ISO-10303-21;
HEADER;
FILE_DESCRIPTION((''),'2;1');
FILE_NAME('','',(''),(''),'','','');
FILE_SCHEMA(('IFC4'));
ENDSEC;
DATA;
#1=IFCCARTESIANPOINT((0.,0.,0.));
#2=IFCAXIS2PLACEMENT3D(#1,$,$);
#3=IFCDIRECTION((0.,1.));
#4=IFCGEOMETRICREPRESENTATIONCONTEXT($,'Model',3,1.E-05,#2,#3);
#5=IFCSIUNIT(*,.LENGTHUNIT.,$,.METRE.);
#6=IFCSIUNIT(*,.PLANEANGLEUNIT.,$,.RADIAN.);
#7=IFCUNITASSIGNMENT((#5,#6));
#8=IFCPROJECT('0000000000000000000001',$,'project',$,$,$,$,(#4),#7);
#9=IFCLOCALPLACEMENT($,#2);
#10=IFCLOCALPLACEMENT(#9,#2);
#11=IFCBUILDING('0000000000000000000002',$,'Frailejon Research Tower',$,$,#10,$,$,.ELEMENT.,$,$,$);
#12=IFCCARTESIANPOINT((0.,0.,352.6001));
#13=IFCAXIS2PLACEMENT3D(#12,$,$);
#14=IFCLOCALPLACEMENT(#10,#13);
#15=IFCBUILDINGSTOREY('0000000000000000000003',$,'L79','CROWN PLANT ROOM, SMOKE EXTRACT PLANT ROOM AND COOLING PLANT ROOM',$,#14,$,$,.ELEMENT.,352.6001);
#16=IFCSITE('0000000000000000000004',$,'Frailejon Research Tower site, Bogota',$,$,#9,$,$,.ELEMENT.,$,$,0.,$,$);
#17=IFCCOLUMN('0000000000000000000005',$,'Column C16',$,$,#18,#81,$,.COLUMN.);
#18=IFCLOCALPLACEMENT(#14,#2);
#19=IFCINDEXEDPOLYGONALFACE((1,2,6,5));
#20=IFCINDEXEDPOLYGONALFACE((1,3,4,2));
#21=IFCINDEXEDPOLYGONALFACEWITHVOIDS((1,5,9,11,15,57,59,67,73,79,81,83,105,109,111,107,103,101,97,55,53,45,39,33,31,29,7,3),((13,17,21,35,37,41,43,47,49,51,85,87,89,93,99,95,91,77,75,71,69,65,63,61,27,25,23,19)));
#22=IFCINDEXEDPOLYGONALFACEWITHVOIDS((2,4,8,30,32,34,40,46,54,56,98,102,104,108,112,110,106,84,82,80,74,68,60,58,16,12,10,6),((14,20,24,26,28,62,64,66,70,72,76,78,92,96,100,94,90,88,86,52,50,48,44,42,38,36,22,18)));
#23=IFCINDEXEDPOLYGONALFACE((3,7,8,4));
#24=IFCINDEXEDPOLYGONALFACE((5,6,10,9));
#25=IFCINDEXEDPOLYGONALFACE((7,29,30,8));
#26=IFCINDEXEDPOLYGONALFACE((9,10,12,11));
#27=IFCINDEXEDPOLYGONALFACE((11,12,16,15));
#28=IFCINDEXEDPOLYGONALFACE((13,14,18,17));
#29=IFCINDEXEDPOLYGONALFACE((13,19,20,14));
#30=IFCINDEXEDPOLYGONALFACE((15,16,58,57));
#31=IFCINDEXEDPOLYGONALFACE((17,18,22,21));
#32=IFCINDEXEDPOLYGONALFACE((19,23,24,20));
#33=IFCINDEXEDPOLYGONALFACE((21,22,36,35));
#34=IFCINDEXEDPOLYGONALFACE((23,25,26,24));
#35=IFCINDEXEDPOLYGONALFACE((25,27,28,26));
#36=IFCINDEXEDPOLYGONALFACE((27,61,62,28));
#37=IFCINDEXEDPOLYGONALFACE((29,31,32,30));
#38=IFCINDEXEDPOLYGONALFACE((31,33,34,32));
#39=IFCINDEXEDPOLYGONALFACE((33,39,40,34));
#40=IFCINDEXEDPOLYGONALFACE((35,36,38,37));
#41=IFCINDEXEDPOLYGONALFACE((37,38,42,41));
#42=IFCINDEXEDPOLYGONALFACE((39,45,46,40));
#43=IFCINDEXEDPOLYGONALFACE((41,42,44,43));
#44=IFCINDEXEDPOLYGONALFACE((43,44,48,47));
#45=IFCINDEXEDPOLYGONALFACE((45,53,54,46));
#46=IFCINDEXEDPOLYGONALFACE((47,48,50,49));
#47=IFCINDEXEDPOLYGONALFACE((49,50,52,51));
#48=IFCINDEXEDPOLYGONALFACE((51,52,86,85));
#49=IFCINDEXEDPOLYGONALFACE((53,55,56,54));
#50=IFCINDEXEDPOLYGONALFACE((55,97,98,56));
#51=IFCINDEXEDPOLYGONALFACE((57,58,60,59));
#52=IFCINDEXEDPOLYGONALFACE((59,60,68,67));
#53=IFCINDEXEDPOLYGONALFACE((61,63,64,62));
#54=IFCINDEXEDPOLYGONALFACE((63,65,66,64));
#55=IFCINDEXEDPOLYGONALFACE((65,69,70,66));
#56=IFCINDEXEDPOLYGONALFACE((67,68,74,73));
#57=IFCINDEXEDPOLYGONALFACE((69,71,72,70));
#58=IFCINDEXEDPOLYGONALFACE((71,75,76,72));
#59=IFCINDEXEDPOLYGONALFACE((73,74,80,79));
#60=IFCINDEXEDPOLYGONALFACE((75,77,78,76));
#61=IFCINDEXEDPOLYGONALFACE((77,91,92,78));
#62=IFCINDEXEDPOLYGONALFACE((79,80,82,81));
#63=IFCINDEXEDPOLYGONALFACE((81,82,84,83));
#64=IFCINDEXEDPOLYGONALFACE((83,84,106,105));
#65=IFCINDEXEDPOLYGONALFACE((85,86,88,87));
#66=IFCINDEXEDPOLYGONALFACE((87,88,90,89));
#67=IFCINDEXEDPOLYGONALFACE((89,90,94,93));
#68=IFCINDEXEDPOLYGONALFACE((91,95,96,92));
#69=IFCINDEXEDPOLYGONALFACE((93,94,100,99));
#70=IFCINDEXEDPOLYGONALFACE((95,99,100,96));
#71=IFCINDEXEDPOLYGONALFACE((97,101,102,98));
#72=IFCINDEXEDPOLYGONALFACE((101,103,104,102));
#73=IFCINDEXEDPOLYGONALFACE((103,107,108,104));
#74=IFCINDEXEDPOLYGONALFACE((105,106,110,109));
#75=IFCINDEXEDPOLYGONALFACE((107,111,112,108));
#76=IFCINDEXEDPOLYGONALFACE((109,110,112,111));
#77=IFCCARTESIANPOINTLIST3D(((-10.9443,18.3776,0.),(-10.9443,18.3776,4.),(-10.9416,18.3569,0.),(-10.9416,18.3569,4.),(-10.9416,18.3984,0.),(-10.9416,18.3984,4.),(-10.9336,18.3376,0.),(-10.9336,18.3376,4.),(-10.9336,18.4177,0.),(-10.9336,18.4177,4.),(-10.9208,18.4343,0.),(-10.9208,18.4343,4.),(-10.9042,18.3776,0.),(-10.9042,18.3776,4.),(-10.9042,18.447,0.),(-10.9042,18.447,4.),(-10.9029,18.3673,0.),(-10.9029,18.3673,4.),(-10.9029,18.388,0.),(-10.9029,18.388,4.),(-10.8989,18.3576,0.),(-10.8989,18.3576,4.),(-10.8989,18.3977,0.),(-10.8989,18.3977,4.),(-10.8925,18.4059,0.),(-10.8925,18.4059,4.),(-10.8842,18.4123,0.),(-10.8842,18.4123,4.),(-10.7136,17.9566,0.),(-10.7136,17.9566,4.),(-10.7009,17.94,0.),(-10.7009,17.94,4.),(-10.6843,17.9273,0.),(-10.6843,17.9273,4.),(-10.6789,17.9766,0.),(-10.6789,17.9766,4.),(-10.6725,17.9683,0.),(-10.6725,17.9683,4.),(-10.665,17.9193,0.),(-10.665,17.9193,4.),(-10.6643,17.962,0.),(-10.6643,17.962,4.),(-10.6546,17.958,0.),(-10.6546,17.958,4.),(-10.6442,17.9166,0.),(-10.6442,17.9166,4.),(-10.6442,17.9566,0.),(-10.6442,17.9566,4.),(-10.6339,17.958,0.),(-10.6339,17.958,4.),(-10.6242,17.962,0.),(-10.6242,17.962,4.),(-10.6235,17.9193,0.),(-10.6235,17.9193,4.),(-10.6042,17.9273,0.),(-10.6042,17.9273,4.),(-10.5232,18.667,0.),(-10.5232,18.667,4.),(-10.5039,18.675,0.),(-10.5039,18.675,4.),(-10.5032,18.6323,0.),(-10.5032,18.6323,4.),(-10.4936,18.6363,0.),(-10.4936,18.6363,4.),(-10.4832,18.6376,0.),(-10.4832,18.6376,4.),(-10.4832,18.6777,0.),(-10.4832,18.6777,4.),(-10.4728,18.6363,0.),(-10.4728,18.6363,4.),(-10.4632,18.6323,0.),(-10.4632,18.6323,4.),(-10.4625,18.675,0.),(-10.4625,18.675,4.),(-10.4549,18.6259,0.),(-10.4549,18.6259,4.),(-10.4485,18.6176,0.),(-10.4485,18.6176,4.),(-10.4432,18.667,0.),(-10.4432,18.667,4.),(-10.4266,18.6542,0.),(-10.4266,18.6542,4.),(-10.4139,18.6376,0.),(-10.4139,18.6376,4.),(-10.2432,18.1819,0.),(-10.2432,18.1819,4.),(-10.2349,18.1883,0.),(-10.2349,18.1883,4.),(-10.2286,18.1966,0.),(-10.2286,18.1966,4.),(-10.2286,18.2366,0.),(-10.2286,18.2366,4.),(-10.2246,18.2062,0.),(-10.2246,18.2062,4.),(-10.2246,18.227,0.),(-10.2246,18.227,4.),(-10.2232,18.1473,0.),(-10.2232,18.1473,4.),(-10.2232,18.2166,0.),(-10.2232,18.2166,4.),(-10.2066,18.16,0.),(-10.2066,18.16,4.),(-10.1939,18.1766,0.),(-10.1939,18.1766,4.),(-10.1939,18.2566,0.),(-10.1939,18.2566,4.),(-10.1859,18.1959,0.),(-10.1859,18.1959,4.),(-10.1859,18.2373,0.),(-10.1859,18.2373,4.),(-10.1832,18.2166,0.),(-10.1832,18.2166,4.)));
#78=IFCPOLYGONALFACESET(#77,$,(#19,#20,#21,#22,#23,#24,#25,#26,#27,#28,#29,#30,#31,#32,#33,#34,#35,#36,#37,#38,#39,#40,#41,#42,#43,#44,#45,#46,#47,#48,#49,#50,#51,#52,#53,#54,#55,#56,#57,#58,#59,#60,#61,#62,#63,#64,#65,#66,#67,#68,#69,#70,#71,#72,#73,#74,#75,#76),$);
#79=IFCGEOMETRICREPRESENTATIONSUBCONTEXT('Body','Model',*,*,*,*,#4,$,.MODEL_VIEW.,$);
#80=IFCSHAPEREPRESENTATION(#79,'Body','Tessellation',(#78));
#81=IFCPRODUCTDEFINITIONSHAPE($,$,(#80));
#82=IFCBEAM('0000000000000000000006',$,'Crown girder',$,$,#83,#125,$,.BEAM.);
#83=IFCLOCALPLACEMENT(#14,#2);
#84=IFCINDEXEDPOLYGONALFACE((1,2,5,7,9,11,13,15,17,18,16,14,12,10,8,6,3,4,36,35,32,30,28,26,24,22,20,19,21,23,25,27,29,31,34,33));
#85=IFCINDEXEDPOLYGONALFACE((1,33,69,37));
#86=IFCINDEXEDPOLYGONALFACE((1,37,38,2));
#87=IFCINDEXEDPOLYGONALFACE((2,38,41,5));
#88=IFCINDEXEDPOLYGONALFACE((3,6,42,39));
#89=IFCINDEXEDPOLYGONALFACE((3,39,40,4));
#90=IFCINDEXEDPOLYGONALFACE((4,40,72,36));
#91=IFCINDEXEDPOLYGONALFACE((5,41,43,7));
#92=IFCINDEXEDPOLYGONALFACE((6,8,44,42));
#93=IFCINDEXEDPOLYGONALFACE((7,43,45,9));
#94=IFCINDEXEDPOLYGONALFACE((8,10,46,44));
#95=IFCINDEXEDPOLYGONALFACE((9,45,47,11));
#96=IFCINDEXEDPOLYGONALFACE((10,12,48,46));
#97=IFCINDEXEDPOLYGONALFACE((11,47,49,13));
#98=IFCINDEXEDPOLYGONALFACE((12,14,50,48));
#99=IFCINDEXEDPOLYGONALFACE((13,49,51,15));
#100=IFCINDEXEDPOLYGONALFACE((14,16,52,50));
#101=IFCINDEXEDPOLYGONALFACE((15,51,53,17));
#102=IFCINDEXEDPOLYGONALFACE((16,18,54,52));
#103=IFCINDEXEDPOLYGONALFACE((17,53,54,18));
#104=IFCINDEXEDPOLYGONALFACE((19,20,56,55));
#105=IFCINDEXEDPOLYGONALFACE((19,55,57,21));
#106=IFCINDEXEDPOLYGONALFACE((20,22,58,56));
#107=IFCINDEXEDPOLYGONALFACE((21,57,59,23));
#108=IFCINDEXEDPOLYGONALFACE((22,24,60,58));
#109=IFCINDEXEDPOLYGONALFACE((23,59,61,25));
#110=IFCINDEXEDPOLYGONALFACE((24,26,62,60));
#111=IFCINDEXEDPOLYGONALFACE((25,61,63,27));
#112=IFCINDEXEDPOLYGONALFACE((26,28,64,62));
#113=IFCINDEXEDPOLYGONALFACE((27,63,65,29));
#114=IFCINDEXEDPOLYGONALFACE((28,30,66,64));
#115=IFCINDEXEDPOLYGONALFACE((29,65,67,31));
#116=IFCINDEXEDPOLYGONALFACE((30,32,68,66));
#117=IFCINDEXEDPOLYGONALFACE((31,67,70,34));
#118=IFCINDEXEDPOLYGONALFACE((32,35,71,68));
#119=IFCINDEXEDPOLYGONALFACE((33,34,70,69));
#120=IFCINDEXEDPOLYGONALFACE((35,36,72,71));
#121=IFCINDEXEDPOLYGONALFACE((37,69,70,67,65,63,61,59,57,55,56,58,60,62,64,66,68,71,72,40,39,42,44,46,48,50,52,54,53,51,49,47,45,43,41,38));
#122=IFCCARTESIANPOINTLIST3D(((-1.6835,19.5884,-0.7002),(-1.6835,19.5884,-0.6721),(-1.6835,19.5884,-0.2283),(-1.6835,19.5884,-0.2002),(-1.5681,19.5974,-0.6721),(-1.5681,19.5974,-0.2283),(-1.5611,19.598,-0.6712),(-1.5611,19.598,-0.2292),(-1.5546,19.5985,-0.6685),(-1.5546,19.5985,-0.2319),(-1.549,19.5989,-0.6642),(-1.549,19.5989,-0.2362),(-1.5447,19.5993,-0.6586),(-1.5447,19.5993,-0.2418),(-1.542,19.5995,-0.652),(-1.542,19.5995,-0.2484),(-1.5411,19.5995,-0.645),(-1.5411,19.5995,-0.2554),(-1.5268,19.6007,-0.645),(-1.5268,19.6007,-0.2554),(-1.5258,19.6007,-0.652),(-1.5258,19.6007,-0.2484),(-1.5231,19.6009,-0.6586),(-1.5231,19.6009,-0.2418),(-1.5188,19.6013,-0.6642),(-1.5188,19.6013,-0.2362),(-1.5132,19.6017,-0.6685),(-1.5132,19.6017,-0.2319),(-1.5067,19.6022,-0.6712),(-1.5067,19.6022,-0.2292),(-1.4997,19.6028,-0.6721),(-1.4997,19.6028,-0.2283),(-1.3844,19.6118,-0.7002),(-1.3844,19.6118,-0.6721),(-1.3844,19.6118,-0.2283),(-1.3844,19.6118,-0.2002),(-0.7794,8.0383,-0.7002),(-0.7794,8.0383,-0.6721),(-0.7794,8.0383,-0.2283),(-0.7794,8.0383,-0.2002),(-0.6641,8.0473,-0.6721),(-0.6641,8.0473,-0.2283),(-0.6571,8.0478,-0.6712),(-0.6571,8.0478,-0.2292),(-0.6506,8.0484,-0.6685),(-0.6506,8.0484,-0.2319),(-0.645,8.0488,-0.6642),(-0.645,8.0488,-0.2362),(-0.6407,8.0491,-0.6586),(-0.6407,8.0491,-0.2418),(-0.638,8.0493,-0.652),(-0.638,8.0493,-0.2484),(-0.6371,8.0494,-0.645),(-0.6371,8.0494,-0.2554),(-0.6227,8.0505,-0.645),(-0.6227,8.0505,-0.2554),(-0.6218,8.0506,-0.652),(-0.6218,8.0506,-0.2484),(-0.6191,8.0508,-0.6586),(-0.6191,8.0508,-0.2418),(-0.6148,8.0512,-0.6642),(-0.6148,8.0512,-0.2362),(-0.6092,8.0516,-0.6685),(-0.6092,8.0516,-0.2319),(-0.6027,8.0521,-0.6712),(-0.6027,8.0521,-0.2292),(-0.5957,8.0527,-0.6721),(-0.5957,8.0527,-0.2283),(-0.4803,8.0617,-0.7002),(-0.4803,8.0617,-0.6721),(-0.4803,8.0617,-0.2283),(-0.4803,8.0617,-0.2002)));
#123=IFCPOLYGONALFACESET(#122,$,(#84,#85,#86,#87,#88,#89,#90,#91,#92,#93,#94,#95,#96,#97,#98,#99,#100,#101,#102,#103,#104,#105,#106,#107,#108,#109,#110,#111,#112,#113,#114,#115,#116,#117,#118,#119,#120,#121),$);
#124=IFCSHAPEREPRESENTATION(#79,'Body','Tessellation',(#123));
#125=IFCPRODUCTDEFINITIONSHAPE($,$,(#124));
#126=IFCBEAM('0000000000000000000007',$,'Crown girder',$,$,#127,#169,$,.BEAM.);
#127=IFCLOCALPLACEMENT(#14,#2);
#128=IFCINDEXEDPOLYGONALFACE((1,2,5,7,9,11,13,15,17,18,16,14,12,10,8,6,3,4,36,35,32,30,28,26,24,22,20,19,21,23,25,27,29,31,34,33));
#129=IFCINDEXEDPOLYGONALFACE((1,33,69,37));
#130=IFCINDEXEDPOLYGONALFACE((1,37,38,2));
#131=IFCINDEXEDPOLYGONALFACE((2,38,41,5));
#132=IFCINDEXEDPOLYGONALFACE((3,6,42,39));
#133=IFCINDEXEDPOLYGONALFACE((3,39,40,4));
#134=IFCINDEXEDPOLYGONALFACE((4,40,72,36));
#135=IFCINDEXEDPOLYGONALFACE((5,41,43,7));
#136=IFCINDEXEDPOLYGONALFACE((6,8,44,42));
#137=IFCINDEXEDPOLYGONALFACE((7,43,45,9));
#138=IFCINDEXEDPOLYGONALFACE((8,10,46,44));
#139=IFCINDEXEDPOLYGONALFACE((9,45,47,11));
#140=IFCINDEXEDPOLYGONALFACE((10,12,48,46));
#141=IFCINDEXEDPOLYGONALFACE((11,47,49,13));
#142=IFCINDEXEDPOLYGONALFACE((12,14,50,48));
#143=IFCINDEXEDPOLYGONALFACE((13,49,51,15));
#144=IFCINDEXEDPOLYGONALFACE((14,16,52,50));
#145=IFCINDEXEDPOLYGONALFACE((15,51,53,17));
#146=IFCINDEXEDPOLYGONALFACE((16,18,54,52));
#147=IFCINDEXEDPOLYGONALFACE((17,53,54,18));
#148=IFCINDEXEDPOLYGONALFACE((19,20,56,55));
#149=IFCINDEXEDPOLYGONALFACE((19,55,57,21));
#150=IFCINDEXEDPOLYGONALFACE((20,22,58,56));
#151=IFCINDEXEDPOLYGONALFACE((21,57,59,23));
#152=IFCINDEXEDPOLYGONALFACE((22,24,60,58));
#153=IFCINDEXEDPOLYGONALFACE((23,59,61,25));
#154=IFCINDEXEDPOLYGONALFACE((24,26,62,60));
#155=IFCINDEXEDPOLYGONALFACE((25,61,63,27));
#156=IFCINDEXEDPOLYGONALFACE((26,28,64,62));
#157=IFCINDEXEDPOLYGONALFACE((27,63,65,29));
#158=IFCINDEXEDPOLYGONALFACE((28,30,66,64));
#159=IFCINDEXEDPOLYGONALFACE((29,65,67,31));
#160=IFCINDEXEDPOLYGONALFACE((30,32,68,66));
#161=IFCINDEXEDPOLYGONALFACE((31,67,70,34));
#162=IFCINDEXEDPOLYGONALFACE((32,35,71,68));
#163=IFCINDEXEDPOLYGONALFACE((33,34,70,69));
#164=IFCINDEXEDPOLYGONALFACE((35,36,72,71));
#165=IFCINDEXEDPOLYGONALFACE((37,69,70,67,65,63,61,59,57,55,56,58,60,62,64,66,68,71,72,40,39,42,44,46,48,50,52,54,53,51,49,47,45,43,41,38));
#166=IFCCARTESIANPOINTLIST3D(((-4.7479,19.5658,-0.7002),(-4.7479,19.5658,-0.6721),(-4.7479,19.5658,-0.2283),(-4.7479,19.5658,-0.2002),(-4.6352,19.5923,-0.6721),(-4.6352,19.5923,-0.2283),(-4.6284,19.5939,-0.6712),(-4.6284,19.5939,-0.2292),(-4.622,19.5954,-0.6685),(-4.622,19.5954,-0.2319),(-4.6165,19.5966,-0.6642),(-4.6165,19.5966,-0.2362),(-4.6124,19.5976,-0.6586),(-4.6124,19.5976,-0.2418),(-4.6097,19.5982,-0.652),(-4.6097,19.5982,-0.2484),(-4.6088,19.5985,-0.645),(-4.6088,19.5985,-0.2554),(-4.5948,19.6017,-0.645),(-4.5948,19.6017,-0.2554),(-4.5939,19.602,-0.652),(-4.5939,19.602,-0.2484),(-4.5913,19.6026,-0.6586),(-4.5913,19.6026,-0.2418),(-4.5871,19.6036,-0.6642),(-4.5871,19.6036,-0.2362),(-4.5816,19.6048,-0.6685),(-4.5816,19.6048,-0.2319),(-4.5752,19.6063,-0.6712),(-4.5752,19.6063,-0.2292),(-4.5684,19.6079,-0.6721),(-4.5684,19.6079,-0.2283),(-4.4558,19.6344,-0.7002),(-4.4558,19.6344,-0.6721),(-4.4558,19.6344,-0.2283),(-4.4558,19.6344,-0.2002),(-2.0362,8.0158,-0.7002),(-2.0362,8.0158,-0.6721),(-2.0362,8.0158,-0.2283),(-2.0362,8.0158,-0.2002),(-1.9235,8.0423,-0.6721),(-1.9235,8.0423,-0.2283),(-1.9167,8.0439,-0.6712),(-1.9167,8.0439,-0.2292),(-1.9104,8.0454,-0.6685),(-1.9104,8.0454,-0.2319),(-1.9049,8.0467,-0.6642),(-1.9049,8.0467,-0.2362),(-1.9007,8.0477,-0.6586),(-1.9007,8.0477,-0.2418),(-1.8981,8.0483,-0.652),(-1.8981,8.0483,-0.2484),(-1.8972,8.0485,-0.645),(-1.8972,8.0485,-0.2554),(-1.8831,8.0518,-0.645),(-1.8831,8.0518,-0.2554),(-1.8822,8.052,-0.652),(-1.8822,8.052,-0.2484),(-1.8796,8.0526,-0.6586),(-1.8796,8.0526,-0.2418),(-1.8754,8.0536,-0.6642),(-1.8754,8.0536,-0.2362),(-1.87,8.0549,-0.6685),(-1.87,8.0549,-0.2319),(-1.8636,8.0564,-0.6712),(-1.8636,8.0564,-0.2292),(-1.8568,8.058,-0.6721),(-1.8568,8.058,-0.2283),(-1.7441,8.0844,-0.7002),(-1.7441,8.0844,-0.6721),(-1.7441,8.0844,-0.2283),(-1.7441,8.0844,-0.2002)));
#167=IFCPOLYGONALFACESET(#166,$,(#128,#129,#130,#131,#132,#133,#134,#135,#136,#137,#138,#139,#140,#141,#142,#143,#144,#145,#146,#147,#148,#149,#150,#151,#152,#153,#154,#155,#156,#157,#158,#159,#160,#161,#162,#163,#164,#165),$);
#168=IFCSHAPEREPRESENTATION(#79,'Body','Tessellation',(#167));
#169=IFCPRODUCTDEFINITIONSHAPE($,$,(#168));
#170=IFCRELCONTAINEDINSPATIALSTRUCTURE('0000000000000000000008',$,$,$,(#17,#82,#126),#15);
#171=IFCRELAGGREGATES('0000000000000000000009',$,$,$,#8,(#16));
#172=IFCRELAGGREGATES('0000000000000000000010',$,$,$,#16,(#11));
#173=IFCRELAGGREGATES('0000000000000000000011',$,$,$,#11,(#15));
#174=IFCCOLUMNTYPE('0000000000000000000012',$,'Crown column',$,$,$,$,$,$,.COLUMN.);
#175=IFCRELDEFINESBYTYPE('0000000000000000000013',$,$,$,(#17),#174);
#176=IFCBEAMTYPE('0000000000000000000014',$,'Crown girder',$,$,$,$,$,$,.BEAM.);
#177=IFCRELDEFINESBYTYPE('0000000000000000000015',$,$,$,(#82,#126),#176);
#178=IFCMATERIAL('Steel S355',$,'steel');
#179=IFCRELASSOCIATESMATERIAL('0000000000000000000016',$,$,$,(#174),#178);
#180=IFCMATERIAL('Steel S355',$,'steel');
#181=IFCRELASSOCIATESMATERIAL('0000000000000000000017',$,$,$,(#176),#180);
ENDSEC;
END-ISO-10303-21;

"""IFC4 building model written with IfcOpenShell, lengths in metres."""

from ifc_helpers import new_model, si_unit, direction, frame, origin, origin_2d, place, context, subcontext, project, spatial, hollow_rectangle, i_section, extrude, material, material_profile, profile_set, type_object, element, save


model = new_model("IFC4")

# Units and contexts
model_context = context("Model", 3, precision=1e-05, world=origin(), true_north=direction((0.0, 1.0)))
body_context = subcontext(model_context, "Body", "Model", "MODEL_VIEW")
ifc_project = project(units=[si_unit("LENGTHUNIT", "METRE"), si_unit("PLANEANGLEUNIT", "RADIAN")], contexts=[model_context])

# Site, building, storey
site_placement = place(None, origin())
site = spatial("IfcSite", under=ifc_project, at=site_placement, Name="Frailejon Research Tower site, Bogota", CompositionType="ELEMENT", RefElevation=0.0)
building_placement = place(site_placement, origin())
building = spatial("IfcBuilding", under=site, at=building_placement, Name="Frailejon Research Tower", CompositionType="ELEMENT")
storey_placement = place(building_placement, frame((0.0, 0.0, 352.6001)))
storey = spatial("IfcBuildingStorey", under=building, at=storey_placement, Name="L79", Description="CROWN PLANT ROOM, SMOKE EXTRACT PLANT ROOM AND COOLING PLANT ROOM", CompositionType="ELEMENT", Elevation=352.6001)

# Column
ifc_material_1 = material(Name="Steel S355", Category="steel")
ifc_material_profile_1 = material_profile(ifc_material_1, hollow_rectangle(XDim=0.6001, YDim=0.6001, WallThickness=0.04, InnerFilletRadius=0.04, OuterFilletRadius=0.0801, at=origin_2d()), Name="Crown column")
ifc_profile_set_1 = profile_set([ifc_material_profile_1], Name="Steel S355")
column_type = type_object("IfcColumnType", Name="Crown column", PredefinedType="COLUMN", material=ifc_profile_set_1)
for number, where, z_axis, x_axis, name in (
    (1, (-10.5637, 18.2971, 0.0), (0.0, 0.0, 1.0), (-0.866025, -0.5, 0.0), "Column C16"),
):
    element("IfcColumn", number, at=place(storey_placement, frame(where, z_axis=z_axis, x_axis=x_axis)), inside=storey, type_object=column_type, Name=name, PredefinedType="COLUMN", context=body_context, shape_type="SweptSolid", body=[
        extrude(hollow_rectangle(XDim=0.6001, YDim=0.6001, WallThickness=0.04, InnerFilletRadius=0.04, OuterFilletRadius=0.0801, at=origin_2d()), origin(), (0.0, 0.0, 1.0), 4.0),
    ])

# Beams
ifc_material_2 = material(Name="Steel S355", Category="steel")
ifc_material_profile_2 = material_profile(ifc_material_2, i_section(OverallWidth=0.3, OverallDepth=0.5, WebThickness=0.0144, FlangeThickness=0.0281, FilletRadius=0.0271, at=origin_2d()), Name="HE 500 B")
ifc_profile_set_2 = profile_set([ifc_material_profile_2], Name="Steel S355")
beam_type_1 = type_object("IfcBeamType", Name="Crown girder", PredefinedType="BEAM", material=ifc_profile_set_2)
beam_1_placement = place(storey_placement, frame((-1.5339, 19.6001, -0.4502), z_axis=(0.078034, -0.996951, 0.0), x_axis=(0.996951, 0.078034, 0.0)))
element("IfcBeam", 2, at=beam_1_placement, inside=storey, type_object=beam_type_1, Name="Crown girder", PredefinedType="BEAM", context=body_context, shape_type="SweptSolid", body=[
    extrude(i_section(OverallWidth=0.3, OverallDepth=0.5, WebThickness=0.0144, FlangeThickness=0.0281, FilletRadius=0.0271, at=origin_2d()), origin(), (0.0, 0.0, 1.0), 11.5854),
])
beam_2_placement = place(storey_placement, frame((-4.6018, 19.6001, -0.4502), z_axis=(0.228561, -0.97353, 0.0), x_axis=(0.97353, 0.228561, 0.0)))
element("IfcBeam", 3, at=beam_2_placement, inside=storey, type_object=beam_type_1, Name="Crown girder", PredefinedType="BEAM", context=body_context, shape_type="SweptSolid", body=[
    extrude(i_section(OverallWidth=0.3, OverallDepth=0.5, WebThickness=0.0144, FlangeThickness=0.0281, FilletRadius=0.0271, at=origin_2d()), origin(), (0.0, 0.0, 1.0), 11.864),
])

save(model, "model.ifc")
